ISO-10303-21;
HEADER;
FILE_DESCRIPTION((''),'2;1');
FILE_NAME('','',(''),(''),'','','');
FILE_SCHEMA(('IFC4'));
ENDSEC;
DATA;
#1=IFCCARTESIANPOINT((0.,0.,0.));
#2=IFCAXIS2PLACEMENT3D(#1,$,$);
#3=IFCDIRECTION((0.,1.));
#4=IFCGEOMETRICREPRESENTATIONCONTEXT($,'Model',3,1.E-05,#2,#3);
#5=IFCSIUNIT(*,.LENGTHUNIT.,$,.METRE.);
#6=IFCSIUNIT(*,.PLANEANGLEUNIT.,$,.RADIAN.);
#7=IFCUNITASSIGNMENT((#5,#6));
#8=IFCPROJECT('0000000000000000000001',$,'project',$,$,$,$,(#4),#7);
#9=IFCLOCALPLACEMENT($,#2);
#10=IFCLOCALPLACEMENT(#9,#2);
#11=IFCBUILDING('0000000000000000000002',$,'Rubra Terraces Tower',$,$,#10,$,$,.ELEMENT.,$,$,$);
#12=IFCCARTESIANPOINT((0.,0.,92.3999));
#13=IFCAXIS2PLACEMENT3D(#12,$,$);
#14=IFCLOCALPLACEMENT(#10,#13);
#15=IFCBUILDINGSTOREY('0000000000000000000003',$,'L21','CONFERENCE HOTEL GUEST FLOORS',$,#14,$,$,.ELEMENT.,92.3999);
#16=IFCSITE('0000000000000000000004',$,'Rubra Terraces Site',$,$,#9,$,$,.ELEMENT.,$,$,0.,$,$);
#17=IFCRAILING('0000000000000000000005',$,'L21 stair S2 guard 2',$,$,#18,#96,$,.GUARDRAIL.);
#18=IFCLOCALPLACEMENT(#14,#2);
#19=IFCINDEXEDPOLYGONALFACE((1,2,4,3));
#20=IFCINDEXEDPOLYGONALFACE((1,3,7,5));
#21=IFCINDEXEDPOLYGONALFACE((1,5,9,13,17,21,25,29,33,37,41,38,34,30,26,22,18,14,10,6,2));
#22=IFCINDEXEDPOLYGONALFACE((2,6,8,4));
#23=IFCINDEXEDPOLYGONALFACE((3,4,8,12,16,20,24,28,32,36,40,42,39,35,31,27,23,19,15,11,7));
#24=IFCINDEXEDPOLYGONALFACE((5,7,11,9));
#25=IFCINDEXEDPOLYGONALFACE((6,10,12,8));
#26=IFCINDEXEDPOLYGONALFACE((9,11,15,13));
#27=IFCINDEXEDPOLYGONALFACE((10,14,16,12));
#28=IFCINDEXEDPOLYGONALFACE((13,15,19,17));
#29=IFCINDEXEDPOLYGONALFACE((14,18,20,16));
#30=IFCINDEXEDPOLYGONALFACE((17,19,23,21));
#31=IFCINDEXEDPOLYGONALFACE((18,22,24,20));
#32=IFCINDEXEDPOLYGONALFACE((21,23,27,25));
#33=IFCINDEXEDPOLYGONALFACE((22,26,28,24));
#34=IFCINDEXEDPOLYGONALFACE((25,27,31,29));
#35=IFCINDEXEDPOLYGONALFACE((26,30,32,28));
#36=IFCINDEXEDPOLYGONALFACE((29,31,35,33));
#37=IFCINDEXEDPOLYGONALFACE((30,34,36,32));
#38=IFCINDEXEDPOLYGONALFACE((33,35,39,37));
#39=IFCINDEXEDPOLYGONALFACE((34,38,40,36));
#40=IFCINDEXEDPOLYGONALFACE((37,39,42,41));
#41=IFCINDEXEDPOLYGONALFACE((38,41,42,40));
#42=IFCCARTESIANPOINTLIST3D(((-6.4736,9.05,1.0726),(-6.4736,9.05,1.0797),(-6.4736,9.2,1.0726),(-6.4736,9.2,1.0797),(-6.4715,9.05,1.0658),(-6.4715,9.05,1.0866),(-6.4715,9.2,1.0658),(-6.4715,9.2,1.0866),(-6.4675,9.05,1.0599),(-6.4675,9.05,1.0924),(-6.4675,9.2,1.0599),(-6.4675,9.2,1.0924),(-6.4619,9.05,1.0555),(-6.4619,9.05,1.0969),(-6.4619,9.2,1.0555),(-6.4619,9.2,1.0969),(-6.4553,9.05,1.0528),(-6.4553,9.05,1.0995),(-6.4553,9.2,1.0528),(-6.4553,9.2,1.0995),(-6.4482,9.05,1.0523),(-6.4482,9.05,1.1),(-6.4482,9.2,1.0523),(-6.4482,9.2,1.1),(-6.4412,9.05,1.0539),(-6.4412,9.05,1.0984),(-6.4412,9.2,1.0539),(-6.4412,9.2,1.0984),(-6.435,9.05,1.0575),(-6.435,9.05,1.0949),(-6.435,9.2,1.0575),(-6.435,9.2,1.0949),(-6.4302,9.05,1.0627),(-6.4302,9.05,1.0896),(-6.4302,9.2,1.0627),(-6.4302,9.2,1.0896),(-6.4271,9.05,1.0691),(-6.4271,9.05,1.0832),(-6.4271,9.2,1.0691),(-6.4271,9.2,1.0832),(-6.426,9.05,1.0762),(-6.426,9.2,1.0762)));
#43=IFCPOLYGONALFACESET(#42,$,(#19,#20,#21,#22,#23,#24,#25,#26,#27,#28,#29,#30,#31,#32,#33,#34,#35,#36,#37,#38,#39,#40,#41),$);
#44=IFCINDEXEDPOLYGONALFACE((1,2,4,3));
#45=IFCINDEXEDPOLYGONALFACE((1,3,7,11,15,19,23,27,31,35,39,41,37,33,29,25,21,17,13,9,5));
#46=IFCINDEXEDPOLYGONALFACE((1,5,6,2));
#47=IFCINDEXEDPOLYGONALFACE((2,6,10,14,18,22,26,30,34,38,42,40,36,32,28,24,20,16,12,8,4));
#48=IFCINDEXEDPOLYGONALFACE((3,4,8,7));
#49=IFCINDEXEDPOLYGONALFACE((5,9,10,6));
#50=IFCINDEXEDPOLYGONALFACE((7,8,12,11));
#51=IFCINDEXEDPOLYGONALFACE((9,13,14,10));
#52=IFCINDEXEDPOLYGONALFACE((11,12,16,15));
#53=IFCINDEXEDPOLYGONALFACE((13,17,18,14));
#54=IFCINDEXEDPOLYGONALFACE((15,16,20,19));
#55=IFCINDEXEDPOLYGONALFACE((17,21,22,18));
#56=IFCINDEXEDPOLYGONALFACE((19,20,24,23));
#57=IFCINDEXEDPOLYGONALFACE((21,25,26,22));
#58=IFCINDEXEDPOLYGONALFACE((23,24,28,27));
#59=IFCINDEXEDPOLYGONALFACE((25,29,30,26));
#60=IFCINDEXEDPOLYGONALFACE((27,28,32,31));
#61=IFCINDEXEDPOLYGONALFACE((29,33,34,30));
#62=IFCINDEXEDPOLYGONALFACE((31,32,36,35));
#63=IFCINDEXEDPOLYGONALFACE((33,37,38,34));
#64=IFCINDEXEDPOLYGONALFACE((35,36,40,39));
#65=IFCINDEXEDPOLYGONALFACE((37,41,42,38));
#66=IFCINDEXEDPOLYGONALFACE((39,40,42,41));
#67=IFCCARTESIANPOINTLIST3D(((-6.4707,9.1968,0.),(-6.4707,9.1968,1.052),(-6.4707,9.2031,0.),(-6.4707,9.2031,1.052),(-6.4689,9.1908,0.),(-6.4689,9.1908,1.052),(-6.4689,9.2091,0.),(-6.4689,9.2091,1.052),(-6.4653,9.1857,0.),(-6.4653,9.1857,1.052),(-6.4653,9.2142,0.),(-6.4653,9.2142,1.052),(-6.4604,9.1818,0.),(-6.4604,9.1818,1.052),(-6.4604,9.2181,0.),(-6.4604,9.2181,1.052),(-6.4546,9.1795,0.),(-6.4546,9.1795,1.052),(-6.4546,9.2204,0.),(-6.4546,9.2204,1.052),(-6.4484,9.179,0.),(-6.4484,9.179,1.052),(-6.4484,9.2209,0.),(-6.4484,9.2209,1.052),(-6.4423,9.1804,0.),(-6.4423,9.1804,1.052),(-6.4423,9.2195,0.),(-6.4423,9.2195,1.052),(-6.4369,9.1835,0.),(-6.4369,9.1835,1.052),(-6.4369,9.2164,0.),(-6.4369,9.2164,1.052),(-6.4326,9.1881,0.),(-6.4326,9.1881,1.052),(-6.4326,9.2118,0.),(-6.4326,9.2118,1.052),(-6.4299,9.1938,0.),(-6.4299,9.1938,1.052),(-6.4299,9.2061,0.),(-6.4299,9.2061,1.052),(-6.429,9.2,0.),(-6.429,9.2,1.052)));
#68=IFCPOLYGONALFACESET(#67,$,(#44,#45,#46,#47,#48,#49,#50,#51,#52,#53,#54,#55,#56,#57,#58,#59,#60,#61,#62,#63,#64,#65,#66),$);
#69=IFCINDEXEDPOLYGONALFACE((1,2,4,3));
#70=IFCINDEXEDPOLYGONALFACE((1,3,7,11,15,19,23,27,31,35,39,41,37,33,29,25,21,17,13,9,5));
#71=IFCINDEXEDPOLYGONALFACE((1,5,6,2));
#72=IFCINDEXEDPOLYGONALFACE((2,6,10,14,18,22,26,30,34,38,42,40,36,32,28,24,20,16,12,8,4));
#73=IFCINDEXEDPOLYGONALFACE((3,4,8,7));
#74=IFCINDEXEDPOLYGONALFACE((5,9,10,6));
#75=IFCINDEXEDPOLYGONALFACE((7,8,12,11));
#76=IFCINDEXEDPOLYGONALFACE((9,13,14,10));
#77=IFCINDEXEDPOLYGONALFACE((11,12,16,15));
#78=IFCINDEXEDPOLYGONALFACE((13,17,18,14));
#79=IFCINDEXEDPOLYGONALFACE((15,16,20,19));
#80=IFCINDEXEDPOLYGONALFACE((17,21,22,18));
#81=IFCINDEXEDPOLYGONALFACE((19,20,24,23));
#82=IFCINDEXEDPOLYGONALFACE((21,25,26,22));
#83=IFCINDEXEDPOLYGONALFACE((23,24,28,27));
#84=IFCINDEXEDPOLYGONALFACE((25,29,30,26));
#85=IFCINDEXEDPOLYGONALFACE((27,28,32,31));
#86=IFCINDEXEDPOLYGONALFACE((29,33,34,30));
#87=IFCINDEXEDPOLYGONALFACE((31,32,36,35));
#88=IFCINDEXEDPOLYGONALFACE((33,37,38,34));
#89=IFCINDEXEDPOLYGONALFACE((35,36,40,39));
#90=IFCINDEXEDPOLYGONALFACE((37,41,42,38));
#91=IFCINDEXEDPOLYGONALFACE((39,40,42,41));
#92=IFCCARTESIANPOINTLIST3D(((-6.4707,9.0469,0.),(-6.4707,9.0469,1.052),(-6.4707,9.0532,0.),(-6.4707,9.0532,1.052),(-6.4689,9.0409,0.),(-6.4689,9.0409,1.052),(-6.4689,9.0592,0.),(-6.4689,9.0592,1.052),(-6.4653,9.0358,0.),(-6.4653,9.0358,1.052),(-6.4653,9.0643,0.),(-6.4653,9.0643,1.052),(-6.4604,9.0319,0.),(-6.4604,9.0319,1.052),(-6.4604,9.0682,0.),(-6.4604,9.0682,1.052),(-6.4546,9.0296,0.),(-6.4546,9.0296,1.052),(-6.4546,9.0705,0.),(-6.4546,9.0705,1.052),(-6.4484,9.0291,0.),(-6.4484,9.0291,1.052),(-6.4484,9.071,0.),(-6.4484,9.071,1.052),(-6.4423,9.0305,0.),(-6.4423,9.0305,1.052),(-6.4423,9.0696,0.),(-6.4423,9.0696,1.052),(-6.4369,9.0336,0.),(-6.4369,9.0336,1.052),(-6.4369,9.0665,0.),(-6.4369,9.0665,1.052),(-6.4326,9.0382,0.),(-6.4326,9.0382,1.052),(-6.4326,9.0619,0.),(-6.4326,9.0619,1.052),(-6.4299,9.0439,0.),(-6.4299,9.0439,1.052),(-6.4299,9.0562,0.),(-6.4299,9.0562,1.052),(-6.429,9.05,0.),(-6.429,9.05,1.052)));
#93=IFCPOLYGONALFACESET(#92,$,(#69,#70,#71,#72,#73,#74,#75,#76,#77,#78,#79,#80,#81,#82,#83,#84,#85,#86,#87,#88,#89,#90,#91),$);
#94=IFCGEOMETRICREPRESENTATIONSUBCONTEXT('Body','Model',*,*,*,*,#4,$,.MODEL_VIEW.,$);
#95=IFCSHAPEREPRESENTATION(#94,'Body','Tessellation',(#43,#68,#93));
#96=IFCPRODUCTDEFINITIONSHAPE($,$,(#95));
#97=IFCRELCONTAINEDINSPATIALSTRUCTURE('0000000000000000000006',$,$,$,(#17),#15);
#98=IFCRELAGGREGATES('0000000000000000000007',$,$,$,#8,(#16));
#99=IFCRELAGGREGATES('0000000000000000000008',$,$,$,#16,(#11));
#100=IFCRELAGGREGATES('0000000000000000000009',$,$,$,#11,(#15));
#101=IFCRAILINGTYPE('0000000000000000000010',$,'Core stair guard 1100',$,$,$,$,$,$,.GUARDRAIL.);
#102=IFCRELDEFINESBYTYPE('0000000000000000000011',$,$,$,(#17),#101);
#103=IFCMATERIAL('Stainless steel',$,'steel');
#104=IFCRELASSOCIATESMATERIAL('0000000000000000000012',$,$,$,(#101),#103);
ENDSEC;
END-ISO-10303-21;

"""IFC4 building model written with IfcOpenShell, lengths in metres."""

from ifc_helpers import new_model, si_unit, direction, frame, origin, origin_2d, place, context, subcontext, project, spatial, circle, extrude, material, type_object, element, save


model = new_model("IFC4")

# Units and contexts
model_context = context("Model", 3, precision=1e-05, world=origin(), true_north=direction((0.0, 1.0)))
body_context = subcontext(model_context, "Body", "Model", "MODEL_VIEW")
ifc_project = project(units=[si_unit("LENGTHUNIT", "METRE"), si_unit("PLANEANGLEUNIT", "RADIAN")], contexts=[model_context])

# Site, building, storey
site_placement = place(None, origin())
site = spatial("IfcSite", under=ifc_project, at=site_placement, Name="Rubra Terraces Site", CompositionType="ELEMENT", RefElevation=0.0)
building_placement = place(site_placement, origin())
building = spatial("IfcBuilding", under=site, at=building_placement, Name="Rubra Terraces Tower", CompositionType="ELEMENT")
storey_placement = place(building_placement, frame((0.0, 0.0, 92.3999)))
storey = spatial("IfcBuildingStorey", under=building, at=storey_placement, Name="L21", Description="CONFERENCE HOTEL GUEST FLOORS", CompositionType="ELEMENT", Elevation=92.3999)

# Shared definitions
ifc_material_1 = material(Name="Stainless steel", Category="steel")

# Railing
railing_type_1 = type_object("IfcRailingType", Name="Core stair guard 1100", PredefinedType="GUARDRAIL", material=ifc_material_1)
railing_1_placement = place(storey_placement, frame((-6.45, 9.2, 0.0)))
element("IfcRailing", 1, at=railing_1_placement, inside=storey, type_object=railing_type_1, Name="L21 stair S2 guard 2", PredefinedType="GUARDRAIL", context=body_context, shape_type="SweptSolid", body=[
    extrude(circle(Radius=0.0239, at=origin_2d()), frame((0.0, 0.0, 1.0762), z_axis=(0.0, -1.0, 0.0), x_axis=(1.0, 0.0, 0.0)), (0.0, 0.0, 1.0), 0.1499),
    extrude(circle(Radius=0.021, at=origin_2d()), origin(), (0.0, 0.0, 1.0), 1.052),
    extrude(circle(Radius=0.021, at=origin_2d()), frame((0.0, -0.1499, 0.0)), (0.0, 0.0, 1.0), 1.052),
])

save(model, "model.ifc")
